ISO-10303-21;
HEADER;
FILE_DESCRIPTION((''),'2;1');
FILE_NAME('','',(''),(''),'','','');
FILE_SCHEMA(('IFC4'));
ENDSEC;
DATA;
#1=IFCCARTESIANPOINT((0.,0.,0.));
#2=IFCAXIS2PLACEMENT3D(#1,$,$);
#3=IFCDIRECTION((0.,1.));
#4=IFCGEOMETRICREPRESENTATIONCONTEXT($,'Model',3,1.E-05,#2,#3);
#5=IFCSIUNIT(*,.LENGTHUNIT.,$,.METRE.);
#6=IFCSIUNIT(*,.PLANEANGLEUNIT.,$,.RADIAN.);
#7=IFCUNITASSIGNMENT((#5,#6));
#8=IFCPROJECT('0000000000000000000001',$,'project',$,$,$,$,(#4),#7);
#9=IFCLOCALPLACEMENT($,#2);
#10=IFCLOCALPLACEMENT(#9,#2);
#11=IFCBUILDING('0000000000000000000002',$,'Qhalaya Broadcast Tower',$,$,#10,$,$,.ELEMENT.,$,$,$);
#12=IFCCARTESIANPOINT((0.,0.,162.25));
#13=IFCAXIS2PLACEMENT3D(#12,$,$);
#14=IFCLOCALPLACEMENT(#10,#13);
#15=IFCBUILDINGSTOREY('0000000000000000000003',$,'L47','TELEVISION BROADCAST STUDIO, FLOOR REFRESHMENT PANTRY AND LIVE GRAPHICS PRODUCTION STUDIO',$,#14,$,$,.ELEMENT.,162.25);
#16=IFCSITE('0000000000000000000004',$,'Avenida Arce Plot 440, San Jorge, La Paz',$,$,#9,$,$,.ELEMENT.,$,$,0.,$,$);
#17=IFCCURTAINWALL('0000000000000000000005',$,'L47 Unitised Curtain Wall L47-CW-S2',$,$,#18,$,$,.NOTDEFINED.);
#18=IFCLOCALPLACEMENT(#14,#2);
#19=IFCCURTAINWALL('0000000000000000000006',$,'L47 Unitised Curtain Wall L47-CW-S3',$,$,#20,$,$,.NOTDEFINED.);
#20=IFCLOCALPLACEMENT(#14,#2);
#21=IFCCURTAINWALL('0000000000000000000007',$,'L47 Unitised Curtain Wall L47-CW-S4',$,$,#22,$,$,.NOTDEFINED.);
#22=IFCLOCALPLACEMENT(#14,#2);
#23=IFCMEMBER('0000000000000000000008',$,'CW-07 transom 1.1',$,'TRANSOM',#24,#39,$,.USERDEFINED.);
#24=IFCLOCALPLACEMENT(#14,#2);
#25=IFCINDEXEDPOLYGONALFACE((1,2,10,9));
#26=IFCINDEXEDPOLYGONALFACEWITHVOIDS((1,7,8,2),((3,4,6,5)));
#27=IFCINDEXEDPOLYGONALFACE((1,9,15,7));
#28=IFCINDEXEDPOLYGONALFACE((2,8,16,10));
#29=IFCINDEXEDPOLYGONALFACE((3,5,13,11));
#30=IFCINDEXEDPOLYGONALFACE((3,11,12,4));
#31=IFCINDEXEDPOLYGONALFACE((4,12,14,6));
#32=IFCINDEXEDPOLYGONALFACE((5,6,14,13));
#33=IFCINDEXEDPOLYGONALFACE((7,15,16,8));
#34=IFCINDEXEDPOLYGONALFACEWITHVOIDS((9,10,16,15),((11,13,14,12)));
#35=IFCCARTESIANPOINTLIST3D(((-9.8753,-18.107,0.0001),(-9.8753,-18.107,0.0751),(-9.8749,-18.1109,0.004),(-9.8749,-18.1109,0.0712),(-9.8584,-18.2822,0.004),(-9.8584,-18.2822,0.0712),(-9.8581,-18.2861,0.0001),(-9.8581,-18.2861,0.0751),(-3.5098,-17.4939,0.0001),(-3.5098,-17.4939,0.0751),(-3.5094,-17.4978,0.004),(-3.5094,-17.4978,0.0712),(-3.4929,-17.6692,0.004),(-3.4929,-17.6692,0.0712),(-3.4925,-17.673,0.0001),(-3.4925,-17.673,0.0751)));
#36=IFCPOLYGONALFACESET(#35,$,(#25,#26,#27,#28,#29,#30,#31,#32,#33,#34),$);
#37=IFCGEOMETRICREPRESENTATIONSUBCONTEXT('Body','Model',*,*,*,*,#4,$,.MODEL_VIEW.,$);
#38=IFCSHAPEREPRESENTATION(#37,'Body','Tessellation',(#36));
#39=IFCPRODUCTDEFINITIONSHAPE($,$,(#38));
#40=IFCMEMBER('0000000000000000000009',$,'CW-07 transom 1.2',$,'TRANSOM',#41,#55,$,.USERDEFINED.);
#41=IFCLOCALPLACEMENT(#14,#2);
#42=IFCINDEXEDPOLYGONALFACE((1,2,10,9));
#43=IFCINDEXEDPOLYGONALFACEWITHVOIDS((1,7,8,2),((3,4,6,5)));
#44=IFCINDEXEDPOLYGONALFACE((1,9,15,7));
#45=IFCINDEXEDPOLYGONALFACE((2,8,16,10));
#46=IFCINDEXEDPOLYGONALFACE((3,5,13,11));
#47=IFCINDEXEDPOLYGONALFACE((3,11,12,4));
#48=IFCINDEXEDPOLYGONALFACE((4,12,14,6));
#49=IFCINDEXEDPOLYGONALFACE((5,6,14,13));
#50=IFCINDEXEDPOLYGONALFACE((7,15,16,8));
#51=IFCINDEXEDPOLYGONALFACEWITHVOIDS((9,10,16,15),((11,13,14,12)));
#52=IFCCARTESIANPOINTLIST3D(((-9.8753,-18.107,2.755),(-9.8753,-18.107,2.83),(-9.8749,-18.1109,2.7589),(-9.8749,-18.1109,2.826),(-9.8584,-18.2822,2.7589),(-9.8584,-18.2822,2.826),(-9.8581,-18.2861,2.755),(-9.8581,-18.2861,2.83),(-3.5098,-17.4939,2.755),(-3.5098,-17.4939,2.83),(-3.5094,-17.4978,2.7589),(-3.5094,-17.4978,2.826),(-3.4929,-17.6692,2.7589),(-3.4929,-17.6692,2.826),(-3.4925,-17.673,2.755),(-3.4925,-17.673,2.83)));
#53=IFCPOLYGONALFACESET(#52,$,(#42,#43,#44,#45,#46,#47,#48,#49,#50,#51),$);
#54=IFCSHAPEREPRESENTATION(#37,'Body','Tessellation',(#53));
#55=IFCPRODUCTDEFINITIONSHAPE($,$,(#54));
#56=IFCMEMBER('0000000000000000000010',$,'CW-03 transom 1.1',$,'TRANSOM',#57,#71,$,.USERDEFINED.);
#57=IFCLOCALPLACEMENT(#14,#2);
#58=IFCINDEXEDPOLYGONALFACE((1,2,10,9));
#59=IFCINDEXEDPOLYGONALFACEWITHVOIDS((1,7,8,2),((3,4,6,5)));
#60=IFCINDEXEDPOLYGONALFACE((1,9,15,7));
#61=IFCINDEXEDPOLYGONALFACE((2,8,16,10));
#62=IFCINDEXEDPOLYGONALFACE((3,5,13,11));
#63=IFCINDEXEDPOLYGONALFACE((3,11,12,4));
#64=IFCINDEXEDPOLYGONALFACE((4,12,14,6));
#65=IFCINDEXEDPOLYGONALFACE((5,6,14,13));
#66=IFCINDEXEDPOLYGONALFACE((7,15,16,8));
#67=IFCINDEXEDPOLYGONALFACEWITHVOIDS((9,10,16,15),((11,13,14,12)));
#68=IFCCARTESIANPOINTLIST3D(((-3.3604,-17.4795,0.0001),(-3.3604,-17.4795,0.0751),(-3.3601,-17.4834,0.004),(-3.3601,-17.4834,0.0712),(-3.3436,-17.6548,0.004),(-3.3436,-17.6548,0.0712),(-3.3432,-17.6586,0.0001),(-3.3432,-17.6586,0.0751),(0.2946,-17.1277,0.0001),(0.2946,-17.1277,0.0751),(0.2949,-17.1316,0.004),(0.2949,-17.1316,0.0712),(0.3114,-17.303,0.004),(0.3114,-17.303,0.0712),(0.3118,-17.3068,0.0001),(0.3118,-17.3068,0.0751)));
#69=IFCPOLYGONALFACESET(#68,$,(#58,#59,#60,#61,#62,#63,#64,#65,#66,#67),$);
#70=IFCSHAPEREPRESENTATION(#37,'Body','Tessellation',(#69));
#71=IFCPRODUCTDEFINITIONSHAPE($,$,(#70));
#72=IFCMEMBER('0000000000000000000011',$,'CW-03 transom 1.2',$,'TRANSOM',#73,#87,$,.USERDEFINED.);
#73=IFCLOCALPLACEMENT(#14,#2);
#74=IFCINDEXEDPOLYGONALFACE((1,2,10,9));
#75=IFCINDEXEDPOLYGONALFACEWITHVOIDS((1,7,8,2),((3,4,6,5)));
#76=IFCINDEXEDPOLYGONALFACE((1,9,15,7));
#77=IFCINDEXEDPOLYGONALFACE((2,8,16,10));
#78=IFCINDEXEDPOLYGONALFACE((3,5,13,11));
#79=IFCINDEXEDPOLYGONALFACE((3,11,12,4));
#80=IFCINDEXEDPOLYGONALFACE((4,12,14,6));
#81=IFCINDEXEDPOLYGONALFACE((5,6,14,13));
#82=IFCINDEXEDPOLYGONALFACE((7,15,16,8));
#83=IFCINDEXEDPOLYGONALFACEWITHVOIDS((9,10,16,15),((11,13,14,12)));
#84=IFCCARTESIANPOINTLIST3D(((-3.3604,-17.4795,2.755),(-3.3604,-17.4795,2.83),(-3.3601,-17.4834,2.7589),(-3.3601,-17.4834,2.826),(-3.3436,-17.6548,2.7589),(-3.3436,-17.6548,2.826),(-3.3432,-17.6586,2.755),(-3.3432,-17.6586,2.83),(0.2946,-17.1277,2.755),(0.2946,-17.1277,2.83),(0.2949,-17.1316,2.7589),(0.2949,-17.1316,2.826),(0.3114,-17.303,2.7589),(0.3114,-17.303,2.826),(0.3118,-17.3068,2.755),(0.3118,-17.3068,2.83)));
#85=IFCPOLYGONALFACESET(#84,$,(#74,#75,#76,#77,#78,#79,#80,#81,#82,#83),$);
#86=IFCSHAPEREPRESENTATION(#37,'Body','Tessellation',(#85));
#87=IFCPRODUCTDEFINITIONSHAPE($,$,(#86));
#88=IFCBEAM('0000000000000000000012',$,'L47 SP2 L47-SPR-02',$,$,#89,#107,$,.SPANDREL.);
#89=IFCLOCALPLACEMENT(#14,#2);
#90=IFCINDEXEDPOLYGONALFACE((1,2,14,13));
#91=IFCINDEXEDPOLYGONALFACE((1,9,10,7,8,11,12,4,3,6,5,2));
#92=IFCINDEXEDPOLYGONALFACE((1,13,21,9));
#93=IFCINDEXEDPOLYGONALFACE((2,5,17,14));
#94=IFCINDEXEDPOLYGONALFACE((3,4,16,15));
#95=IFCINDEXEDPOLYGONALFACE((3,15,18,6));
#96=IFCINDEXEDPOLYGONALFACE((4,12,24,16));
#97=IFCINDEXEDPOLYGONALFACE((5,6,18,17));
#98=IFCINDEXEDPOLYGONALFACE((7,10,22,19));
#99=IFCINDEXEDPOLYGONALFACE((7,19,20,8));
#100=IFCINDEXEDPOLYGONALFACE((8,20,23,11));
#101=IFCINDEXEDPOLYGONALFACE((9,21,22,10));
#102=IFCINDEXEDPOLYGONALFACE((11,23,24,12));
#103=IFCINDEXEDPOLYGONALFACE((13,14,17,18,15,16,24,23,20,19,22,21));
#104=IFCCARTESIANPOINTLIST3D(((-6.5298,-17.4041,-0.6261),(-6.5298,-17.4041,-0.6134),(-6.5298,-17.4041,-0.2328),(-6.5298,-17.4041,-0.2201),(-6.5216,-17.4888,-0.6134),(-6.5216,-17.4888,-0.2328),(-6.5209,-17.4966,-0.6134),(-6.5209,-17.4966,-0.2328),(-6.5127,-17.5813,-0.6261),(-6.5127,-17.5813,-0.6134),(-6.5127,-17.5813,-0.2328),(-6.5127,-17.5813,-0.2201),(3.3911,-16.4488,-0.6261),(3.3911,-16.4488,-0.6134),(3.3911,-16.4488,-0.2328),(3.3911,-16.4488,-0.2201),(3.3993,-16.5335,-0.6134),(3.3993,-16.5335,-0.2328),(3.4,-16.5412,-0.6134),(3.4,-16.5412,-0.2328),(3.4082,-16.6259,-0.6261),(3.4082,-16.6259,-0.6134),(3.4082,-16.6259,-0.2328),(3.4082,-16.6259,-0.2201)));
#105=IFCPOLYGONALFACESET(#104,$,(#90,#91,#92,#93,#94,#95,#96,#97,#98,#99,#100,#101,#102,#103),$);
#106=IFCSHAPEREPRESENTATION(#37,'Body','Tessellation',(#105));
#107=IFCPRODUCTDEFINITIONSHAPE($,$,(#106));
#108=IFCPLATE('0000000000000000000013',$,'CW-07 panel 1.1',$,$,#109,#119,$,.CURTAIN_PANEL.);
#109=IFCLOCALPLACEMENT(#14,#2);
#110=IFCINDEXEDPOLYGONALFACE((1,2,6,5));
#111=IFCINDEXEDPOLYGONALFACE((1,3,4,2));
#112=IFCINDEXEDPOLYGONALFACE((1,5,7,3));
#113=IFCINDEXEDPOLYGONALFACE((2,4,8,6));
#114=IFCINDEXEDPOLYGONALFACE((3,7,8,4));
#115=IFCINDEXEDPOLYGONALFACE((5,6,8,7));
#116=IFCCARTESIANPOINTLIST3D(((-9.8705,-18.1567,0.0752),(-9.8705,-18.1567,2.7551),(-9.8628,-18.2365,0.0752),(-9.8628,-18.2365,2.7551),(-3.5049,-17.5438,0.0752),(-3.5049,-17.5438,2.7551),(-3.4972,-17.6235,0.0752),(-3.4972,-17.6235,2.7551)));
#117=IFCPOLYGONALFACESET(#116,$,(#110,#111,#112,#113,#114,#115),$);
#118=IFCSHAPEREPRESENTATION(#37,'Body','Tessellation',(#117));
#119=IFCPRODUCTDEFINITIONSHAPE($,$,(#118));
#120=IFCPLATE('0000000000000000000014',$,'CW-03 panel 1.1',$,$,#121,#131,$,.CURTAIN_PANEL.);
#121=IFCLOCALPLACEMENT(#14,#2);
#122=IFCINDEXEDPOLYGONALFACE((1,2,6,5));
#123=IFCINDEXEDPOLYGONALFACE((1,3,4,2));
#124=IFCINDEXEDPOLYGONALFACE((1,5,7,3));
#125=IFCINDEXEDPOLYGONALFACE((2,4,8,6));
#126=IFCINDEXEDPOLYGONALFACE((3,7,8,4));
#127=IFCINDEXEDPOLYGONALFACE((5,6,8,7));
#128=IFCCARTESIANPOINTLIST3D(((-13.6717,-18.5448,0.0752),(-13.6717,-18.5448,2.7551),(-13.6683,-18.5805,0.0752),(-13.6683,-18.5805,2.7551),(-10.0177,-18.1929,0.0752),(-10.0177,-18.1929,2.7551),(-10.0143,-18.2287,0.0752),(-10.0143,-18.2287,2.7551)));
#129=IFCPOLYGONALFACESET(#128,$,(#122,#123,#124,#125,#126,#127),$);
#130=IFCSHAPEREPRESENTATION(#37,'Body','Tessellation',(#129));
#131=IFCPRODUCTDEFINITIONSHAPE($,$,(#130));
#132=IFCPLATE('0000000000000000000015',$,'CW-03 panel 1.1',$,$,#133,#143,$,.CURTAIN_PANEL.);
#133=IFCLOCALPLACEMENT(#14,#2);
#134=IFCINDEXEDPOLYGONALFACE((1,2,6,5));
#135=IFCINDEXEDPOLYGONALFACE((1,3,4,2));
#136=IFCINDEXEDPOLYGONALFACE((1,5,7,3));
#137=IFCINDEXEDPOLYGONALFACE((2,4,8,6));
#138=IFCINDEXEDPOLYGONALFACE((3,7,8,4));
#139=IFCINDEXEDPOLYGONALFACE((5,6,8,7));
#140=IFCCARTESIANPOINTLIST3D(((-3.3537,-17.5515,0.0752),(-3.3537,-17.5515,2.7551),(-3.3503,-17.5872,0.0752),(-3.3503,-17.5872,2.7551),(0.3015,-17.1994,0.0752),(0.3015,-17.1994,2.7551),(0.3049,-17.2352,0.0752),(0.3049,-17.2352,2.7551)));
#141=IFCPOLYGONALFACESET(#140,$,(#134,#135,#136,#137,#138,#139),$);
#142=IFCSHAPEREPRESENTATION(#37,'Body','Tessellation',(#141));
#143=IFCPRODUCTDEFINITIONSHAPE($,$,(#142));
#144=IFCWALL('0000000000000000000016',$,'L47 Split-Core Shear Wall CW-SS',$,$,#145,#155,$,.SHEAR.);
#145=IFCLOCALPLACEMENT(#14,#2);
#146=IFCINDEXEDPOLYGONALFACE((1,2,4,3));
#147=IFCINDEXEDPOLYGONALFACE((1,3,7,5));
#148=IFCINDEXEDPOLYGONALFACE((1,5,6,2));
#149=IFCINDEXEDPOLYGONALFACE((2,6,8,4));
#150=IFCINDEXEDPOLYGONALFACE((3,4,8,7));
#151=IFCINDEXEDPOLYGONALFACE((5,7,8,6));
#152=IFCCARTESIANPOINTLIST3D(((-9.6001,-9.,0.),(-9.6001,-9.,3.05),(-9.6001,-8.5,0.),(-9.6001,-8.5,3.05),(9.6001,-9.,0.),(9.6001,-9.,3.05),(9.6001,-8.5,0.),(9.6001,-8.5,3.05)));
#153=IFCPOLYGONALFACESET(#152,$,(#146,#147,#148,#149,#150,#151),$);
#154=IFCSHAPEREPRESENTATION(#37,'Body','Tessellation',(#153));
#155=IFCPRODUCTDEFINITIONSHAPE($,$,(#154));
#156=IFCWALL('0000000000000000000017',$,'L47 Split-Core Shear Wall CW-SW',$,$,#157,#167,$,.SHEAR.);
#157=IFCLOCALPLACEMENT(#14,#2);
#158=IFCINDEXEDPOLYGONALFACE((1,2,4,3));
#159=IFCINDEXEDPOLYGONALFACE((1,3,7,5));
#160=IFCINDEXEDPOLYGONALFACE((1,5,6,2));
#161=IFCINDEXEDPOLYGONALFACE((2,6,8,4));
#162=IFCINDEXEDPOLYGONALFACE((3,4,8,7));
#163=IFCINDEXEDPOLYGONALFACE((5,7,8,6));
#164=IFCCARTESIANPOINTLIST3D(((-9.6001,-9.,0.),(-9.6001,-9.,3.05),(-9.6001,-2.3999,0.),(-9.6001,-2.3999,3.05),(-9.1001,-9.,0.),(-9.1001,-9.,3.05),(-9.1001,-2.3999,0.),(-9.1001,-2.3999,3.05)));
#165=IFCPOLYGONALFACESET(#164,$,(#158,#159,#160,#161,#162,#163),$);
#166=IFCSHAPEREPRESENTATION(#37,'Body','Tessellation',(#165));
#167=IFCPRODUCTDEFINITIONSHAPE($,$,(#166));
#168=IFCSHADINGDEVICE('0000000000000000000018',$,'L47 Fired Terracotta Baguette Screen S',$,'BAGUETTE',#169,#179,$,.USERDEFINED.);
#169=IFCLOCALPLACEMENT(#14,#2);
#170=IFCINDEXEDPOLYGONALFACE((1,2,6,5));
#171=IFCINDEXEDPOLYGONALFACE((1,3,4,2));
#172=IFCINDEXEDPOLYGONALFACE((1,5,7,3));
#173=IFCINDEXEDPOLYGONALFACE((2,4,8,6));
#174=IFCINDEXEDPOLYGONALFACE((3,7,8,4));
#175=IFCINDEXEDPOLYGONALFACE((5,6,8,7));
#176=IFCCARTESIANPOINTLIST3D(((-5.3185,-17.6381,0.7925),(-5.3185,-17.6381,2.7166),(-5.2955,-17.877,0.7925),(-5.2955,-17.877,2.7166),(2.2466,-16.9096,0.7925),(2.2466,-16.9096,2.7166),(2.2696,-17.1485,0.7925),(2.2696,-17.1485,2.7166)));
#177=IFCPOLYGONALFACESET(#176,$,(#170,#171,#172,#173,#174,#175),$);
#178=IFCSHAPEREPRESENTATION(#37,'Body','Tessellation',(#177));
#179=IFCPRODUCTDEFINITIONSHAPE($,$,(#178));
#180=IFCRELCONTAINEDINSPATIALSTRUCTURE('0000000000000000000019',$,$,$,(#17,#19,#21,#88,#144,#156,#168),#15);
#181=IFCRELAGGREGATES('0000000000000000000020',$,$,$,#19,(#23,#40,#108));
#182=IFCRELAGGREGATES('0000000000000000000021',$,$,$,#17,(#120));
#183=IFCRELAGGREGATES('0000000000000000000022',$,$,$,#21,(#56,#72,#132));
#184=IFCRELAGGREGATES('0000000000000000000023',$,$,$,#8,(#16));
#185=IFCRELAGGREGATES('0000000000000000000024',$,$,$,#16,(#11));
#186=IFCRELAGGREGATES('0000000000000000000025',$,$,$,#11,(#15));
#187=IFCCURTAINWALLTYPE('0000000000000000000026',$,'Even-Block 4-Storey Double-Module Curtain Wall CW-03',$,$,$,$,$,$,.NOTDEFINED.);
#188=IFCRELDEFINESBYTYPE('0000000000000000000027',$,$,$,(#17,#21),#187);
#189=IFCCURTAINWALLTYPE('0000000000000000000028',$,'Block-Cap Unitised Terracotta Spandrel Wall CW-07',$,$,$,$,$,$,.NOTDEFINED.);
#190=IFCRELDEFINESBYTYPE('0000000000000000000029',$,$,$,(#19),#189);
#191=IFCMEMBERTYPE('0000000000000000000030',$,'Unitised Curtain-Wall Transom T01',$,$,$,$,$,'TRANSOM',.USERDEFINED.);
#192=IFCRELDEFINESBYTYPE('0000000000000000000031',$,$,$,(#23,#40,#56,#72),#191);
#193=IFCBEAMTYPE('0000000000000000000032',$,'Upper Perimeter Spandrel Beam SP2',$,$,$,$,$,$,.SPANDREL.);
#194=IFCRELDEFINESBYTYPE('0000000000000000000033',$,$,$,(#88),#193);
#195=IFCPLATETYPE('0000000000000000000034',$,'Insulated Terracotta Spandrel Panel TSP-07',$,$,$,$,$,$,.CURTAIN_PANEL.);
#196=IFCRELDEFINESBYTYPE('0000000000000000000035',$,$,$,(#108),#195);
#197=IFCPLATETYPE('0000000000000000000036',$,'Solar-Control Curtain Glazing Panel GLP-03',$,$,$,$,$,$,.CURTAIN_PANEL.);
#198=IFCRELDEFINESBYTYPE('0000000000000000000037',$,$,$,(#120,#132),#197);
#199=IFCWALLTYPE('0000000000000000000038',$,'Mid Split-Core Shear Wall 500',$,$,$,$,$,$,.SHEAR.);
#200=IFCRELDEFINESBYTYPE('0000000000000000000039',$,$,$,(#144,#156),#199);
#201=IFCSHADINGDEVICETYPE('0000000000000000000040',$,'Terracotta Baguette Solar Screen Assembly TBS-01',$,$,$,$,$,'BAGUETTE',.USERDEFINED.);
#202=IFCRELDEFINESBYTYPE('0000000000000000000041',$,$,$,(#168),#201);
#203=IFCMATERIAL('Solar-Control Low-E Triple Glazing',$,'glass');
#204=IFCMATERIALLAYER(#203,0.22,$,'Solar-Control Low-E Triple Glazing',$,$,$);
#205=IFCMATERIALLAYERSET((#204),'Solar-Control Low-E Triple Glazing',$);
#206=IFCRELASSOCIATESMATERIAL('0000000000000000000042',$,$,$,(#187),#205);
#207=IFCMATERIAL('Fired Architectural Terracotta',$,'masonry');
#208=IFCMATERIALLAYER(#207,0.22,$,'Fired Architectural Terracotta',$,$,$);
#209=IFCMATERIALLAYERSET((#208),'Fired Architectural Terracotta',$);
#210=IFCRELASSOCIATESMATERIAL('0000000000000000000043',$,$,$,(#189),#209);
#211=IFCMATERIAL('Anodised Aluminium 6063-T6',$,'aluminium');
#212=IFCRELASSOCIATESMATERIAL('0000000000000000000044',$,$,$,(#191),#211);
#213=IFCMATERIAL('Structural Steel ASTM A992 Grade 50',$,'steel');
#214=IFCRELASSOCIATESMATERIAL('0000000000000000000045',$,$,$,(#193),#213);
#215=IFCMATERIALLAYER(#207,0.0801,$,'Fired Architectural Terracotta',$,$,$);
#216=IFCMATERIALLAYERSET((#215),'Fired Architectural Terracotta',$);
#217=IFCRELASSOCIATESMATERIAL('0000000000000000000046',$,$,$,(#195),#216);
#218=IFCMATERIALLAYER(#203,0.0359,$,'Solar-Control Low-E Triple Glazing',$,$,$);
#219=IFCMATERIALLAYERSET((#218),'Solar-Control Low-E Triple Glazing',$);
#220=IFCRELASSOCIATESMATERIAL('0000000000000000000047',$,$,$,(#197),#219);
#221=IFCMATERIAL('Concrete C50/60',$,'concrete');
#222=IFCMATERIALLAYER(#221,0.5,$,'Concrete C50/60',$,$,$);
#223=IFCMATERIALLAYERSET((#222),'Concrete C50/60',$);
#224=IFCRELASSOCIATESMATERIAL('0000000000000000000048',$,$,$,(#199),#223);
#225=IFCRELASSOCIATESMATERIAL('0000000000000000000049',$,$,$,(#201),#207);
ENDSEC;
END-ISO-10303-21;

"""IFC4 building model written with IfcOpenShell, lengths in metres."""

from ifc_helpers import new_model, si_unit, direction, frame, frame_2d, origin, origin_2d, place, context, subcontext, project, spatial, rectangle, hollow_rectangle, i_section, extrude, material, layer, layer_set, material_profile, profile_set, type_object, element, aggregate, save


model = new_model("IFC4")

# Units and contexts
model_context = context("Model", 3, precision=1e-05, world=origin(), true_north=direction((0.0, 1.0)))
body_context = subcontext(model_context, "Body", "Model", "MODEL_VIEW")
ifc_project = project(units=[si_unit("LENGTHUNIT", "METRE"), si_unit("PLANEANGLEUNIT", "RADIAN")], contexts=[model_context])

# Site, building, storey
site_placement = place(None, origin())
site = spatial("IfcSite", under=ifc_project, at=site_placement, Name="Avenida Arce Plot 440, San Jorge, La Paz", CompositionType="ELEMENT", RefElevation=0.0)
building_placement = place(site_placement, origin())
building = spatial("IfcBuilding", under=site, at=building_placement, Name="Qhalaya Broadcast Tower", CompositionType="ELEMENT")
storey_placement = place(building_placement, frame((0.0, 0.0, 162.25)))
storey = spatial("IfcBuildingStorey", under=building, at=storey_placement, Name="L47", Description="TELEVISION BROADCAST STUDIO, FLOOR REFRESHMENT PANTRY AND LIVE GRAPHICS PRODUCTION STUDIO", CompositionType="ELEMENT", Elevation=162.25)

# Shared definitions
ifc_material_1 = material(Name="Structural Steel ASTM A992 Grade 50", Category="steel")

# Curtain wall
ifc_material_2 = material(Name="Solar-Control Low-E Triple Glazing", Category="glass")
ifc_layer_1 = layer(ifc_material_2, 0.22, Name="Solar-Control Low-E Triple Glazing")
ifc_layer_set_1 = layer_set([ifc_layer_1], Name="Solar-Control Low-E Triple Glazing")
curtain_wall_type_1 = type_object("IfcCurtainWallType", Name="Even-Block 4-Storey Double-Module Curtain Wall CW-03", PredefinedType="NOTDEFINED", material=ifc_layer_set_1)
curtain_wall_1_placement = place(storey_placement, origin())
curtain_wall_1 = element("IfcCurtainWall", 1, at=curtain_wall_1_placement, inside=storey, type_object=curtain_wall_type_1, Name="L47 Unitised Curtain Wall L47-CW-S2", PredefinedType="NOTDEFINED")
ifc_material_3 = material(Name="Anodised Aluminium 6063-T6", Category="aluminium")

# Curtain wall
ifc_material_4 = material(Name="Fired Architectural Terracotta", Category="masonry")
ifc_layer_2 = layer(ifc_material_4, 0.22, Name="Fired Architectural Terracotta")
ifc_layer_set_2 = layer_set([ifc_layer_2], Name="Fired Architectural Terracotta")
curtain_wall_type_2 = type_object("IfcCurtainWallType", Name="Block-Cap Unitised Terracotta Spandrel Wall CW-07", PredefinedType="NOTDEFINED", material=ifc_layer_set_2)
curtain_wall_2_placement = place(storey_placement, origin())
curtain_wall_2 = element("IfcCurtainWall", 2, at=curtain_wall_2_placement, inside=storey, type_object=curtain_wall_type_2, Name="L47 Unitised Curtain Wall L47-CW-S3", PredefinedType="NOTDEFINED")

# Curtain wall
curtain_wall_3_placement = place(storey_placement, origin())
curtain_wall_3 = element("IfcCurtainWall", 3, at=curtain_wall_3_placement, inside=storey, type_object=curtain_wall_type_1, Name="L47 Unitised Curtain Wall L47-CW-S4", PredefinedType="NOTDEFINED")

# Members
ifc_material_profile_1 = material_profile(ifc_material_3, hollow_rectangle(XDim=0.075, YDim=0.1799, WallThickness=0.0039, at=origin_2d()), Name="ALU-TRN 75x180x4")
ifc_profile_set_1 = profile_set([ifc_material_profile_1], Name="Anodised Aluminium 6063-T6")
member_type_1 = type_object("IfcMemberType", Name="Unitised Curtain-Wall Transom T01", ElementType="TRANSOM", PredefinedType="USERDEFINED", material=ifc_profile_set_1)
member_1_placement = place(storey_placement, frame((-9.8667, -18.1965, 0.0376), z_axis=(0.995395, 0.095863, 0.0), x_axis=(0.0, 0.0, 1.0)))
member_1 = element("IfcMember", 4, at=member_1_placement, type_object=member_type_1, Name="CW-07 transom 1.1", ObjectType="TRANSOM", PredefinedType="USERDEFINED", context=body_context, shape_type="SweptSolid", body=[
    extrude(hollow_rectangle(XDim=0.075, YDim=0.1799, WallThickness=0.0039, at=origin_2d()), origin(), (0.0, 0.0, 1.0), 6.395),
])
member_2_placement = place(storey_placement, frame((-9.8667, -18.1965, 2.7925), z_axis=(0.995395, 0.095863, 0.0), x_axis=(0.0, 0.0, 1.0)))
member_2 = element("IfcMember", 5, at=member_2_placement, type_object=member_type_1, Name="CW-07 transom 1.2", ObjectType="TRANSOM", PredefinedType="USERDEFINED", context=body_context, shape_type="SweptSolid", body=[
    extrude(hollow_rectangle(XDim=0.075, YDim=0.1799, WallThickness=0.0039, at=origin_2d()), origin(), (0.0, 0.0, 1.0), 6.395),
])
member_3_placement = place(storey_placement, frame((-3.3518, -17.5691, 0.0376), z_axis=(0.9954, 0.09581, 0.0), x_axis=(0.0, 0.0, 1.0)))
member_3 = element("IfcMember", 6, at=member_3_placement, type_object=member_type_1, Name="CW-03 transom 1.1", ObjectType="TRANSOM", PredefinedType="USERDEFINED", context=body_context, shape_type="SweptSolid", body=[
    extrude(hollow_rectangle(XDim=0.075, YDim=0.1799, WallThickness=0.0039, at=origin_2d()), origin(), (0.0, 0.0, 1.0), 3.6719),
])
member_4_placement = place(storey_placement, frame((-3.3518, -17.5691, 2.7925), z_axis=(0.9954, 0.09581, 0.0), x_axis=(0.0, 0.0, 1.0)))
member_4 = element("IfcMember", 7, at=member_4_placement, type_object=member_type_1, Name="CW-03 transom 1.2", ObjectType="TRANSOM", PredefinedType="USERDEFINED", context=body_context, shape_type="SweptSolid", body=[
    extrude(hollow_rectangle(XDim=0.075, YDim=0.1799, WallThickness=0.0039, at=origin_2d()), origin(), (0.0, 0.0, 1.0), 3.6719),
])

# Beam
ifc_material_profile_2 = material_profile(ifc_material_1, i_section(OverallWidth=0.178, OverallDepth=0.406, WebThickness=0.0078, FlangeThickness=0.0127, at=origin_2d()), Name="W16X40")
ifc_profile_set_2 = profile_set([ifc_material_profile_2], Name="Structural Steel ASTM A992 Grade 50")
beam_type_1 = type_object("IfcBeamType", Name="Upper Perimeter Spandrel Beam SP2", PredefinedType="SPANDREL", material=ifc_profile_set_2)
beam_1_placement = place(storey_placement, frame((-6.5212, -17.4927, -0.4231), z_axis=(0.995396, 0.095851, 0.0), x_axis=(-0.095851, 0.995396, 0.0)))
element("IfcBeam", 8, at=beam_1_placement, inside=storey, type_object=beam_type_1, Name="L47 SP2 L47-SPR-02", PredefinedType="SPANDREL", context=body_context, shape_type="SweptSolid", body=[
    extrude(i_section(OverallWidth=0.178, OverallDepth=0.406, WebThickness=0.0078, FlangeThickness=0.0127, at=origin_2d()), origin(), (0.0, 0.0, 1.0), 9.9668),
])

# Plates
ifc_layer_3 = layer(ifc_material_4, 0.0801, Name="Fired Architectural Terracotta")
ifc_layer_set_3 = layer_set([ifc_layer_3], Name="Fired Architectural Terracotta")
plate_type_1 = type_object("IfcPlateType", Name="Insulated Terracotta Spandrel Panel TSP-07", PredefinedType="CURTAIN_PANEL", material=ifc_layer_set_3)
plate_1_placement = place(storey_placement, frame((-6.6838, -17.8901, 0.0752), z_axis=(0.0, 0.0, 1.0), x_axis=(0.995396, 0.095844, 0.0)))
plate_1 = element("IfcPlate", 9, at=plate_1_placement, type_object=plate_type_1, Name="CW-07 panel 1.1", PredefinedType="CURTAIN_PANEL", context=body_context, shape_type="SweptSolid", body=[
    extrude(rectangle(XDim=6.395, YDim=0.0801, at=origin_2d()), origin(), (0.0, 0.0, 1.0), 2.6799),
])
aggregate(curtain_wall_2, [member_1, member_2, plate_1])
ifc_layer_4 = layer(ifc_material_2, 0.0359, Name="Solar-Control Low-E Triple Glazing")
ifc_layer_set_4 = layer_set([ifc_layer_4], Name="Solar-Control Low-E Triple Glazing")
plate_type_2 = type_object("IfcPlateType", Name="Solar-Control Curtain Glazing Panel GLP-03", PredefinedType="CURTAIN_PANEL", material=ifc_layer_set_4)
plate_2_placement = place(storey_placement, frame((-11.843, -18.3867, 0.0752), z_axis=(0.0, 0.0, 1.0), x_axis=(0.995397, 0.095839, 0.0)))
plate_2 = element("IfcPlate", 10, at=plate_2_placement, type_object=plate_type_2, Name="CW-03 panel 1.1", PredefinedType="CURTAIN_PANEL", context=body_context, shape_type="SweptSolid", body=[
    extrude(rectangle(XDim=3.6709, YDim=0.0359, at=origin_2d()), origin(), (0.0, 0.0, 1.0), 2.6799),
])
aggregate(curtain_wall_1, [plate_2])
plate_3_placement = place(storey_placement, frame((-1.5244, -17.3933, 0.0752), z_axis=(0.0, 0.0, 1.0), x_axis=(0.995394, 0.095866, 0.0)))
plate_3 = element("IfcPlate", 11, at=plate_3_placement, type_object=plate_type_2, Name="CW-03 panel 1.1", PredefinedType="CURTAIN_PANEL", context=body_context, shape_type="SweptSolid", body=[
    extrude(rectangle(XDim=3.6721, YDim=0.0359, at=origin_2d()), origin(), (0.0, 0.0, 1.0), 2.6799),
])
aggregate(curtain_wall_3, [member_3, member_4, plate_3])

# Walls
ifc_material_5 = material(Name="Concrete C50/60", Category="concrete")
ifc_layer_5 = layer(ifc_material_5, 0.5, Name="Concrete C50/60")
ifc_layer_set_5 = layer_set([ifc_layer_5], Name="Concrete C50/60")
wall_type = type_object("IfcWallType", Name="Mid Split-Core Shear Wall 500", PredefinedType="SHEAR", material=ifc_layer_set_5)
wall_1_placement = place(storey_placement, frame((-9.6001, -8.75, 0.0), z_axis=(0.0, 0.0, 1.0), x_axis=(1.0, 0.0, 0.0)))
element("IfcWall", 12, at=wall_1_placement, inside=storey, type_object=wall_type, Name="L47 Split-Core Shear Wall CW-SS", PredefinedType="SHEAR", context=body_context, shape_type="SweptSolid", body=[
    extrude(rectangle(XDim=19.2002, YDim=0.5, at=frame_2d((9.6001, 0.0))), origin(), (0.0, 0.0, 1.0), 3.05),
])
wall_2_placement = place(storey_placement, frame((-9.3501, -9.0, 0.0), z_axis=(0.0, 0.0, 1.0), x_axis=(0.0, 1.0, 0.0)))
element("IfcWall", 13, at=wall_2_placement, inside=storey, type_object=wall_type, Name="L47 Split-Core Shear Wall CW-SW", PredefinedType="SHEAR", context=body_context, shape_type="SweptSolid", body=[
    extrude(rectangle(XDim=6.6001, YDim=0.5, at=frame_2d((3.3, 0.0))), origin(), (0.0, 0.0, 1.0), 3.05),
])

# Shading device
shading_device_type = type_object("IfcShadingDeviceType", Name="Terracotta Baguette Solar Screen Assembly TBS-01", ElementType="BAGUETTE", PredefinedType="USERDEFINED", material=ifc_material_4)
shading_device_placement = place(storey_placement, frame((-1.5244, -17.3933, 0.7925), z_axis=(0.0, 0.0, 1.0), x_axis=(0.995396, 0.095846, 0.0)))
element("IfcShadingDevice", 14, at=shading_device_placement, inside=storey, type_object=shading_device_type, Name="L47 Fired Terracotta Baguette Screen S", ObjectType="BAGUETTE", PredefinedType="USERDEFINED", context=body_context, shape_type="SweptSolid", body=[
    extrude(rectangle(XDim=7.6001, YDim=0.24, at=origin_2d()), origin(), (0.0, 0.0, 1.0), 1.9241),
])

save(model, "model.ifc")
